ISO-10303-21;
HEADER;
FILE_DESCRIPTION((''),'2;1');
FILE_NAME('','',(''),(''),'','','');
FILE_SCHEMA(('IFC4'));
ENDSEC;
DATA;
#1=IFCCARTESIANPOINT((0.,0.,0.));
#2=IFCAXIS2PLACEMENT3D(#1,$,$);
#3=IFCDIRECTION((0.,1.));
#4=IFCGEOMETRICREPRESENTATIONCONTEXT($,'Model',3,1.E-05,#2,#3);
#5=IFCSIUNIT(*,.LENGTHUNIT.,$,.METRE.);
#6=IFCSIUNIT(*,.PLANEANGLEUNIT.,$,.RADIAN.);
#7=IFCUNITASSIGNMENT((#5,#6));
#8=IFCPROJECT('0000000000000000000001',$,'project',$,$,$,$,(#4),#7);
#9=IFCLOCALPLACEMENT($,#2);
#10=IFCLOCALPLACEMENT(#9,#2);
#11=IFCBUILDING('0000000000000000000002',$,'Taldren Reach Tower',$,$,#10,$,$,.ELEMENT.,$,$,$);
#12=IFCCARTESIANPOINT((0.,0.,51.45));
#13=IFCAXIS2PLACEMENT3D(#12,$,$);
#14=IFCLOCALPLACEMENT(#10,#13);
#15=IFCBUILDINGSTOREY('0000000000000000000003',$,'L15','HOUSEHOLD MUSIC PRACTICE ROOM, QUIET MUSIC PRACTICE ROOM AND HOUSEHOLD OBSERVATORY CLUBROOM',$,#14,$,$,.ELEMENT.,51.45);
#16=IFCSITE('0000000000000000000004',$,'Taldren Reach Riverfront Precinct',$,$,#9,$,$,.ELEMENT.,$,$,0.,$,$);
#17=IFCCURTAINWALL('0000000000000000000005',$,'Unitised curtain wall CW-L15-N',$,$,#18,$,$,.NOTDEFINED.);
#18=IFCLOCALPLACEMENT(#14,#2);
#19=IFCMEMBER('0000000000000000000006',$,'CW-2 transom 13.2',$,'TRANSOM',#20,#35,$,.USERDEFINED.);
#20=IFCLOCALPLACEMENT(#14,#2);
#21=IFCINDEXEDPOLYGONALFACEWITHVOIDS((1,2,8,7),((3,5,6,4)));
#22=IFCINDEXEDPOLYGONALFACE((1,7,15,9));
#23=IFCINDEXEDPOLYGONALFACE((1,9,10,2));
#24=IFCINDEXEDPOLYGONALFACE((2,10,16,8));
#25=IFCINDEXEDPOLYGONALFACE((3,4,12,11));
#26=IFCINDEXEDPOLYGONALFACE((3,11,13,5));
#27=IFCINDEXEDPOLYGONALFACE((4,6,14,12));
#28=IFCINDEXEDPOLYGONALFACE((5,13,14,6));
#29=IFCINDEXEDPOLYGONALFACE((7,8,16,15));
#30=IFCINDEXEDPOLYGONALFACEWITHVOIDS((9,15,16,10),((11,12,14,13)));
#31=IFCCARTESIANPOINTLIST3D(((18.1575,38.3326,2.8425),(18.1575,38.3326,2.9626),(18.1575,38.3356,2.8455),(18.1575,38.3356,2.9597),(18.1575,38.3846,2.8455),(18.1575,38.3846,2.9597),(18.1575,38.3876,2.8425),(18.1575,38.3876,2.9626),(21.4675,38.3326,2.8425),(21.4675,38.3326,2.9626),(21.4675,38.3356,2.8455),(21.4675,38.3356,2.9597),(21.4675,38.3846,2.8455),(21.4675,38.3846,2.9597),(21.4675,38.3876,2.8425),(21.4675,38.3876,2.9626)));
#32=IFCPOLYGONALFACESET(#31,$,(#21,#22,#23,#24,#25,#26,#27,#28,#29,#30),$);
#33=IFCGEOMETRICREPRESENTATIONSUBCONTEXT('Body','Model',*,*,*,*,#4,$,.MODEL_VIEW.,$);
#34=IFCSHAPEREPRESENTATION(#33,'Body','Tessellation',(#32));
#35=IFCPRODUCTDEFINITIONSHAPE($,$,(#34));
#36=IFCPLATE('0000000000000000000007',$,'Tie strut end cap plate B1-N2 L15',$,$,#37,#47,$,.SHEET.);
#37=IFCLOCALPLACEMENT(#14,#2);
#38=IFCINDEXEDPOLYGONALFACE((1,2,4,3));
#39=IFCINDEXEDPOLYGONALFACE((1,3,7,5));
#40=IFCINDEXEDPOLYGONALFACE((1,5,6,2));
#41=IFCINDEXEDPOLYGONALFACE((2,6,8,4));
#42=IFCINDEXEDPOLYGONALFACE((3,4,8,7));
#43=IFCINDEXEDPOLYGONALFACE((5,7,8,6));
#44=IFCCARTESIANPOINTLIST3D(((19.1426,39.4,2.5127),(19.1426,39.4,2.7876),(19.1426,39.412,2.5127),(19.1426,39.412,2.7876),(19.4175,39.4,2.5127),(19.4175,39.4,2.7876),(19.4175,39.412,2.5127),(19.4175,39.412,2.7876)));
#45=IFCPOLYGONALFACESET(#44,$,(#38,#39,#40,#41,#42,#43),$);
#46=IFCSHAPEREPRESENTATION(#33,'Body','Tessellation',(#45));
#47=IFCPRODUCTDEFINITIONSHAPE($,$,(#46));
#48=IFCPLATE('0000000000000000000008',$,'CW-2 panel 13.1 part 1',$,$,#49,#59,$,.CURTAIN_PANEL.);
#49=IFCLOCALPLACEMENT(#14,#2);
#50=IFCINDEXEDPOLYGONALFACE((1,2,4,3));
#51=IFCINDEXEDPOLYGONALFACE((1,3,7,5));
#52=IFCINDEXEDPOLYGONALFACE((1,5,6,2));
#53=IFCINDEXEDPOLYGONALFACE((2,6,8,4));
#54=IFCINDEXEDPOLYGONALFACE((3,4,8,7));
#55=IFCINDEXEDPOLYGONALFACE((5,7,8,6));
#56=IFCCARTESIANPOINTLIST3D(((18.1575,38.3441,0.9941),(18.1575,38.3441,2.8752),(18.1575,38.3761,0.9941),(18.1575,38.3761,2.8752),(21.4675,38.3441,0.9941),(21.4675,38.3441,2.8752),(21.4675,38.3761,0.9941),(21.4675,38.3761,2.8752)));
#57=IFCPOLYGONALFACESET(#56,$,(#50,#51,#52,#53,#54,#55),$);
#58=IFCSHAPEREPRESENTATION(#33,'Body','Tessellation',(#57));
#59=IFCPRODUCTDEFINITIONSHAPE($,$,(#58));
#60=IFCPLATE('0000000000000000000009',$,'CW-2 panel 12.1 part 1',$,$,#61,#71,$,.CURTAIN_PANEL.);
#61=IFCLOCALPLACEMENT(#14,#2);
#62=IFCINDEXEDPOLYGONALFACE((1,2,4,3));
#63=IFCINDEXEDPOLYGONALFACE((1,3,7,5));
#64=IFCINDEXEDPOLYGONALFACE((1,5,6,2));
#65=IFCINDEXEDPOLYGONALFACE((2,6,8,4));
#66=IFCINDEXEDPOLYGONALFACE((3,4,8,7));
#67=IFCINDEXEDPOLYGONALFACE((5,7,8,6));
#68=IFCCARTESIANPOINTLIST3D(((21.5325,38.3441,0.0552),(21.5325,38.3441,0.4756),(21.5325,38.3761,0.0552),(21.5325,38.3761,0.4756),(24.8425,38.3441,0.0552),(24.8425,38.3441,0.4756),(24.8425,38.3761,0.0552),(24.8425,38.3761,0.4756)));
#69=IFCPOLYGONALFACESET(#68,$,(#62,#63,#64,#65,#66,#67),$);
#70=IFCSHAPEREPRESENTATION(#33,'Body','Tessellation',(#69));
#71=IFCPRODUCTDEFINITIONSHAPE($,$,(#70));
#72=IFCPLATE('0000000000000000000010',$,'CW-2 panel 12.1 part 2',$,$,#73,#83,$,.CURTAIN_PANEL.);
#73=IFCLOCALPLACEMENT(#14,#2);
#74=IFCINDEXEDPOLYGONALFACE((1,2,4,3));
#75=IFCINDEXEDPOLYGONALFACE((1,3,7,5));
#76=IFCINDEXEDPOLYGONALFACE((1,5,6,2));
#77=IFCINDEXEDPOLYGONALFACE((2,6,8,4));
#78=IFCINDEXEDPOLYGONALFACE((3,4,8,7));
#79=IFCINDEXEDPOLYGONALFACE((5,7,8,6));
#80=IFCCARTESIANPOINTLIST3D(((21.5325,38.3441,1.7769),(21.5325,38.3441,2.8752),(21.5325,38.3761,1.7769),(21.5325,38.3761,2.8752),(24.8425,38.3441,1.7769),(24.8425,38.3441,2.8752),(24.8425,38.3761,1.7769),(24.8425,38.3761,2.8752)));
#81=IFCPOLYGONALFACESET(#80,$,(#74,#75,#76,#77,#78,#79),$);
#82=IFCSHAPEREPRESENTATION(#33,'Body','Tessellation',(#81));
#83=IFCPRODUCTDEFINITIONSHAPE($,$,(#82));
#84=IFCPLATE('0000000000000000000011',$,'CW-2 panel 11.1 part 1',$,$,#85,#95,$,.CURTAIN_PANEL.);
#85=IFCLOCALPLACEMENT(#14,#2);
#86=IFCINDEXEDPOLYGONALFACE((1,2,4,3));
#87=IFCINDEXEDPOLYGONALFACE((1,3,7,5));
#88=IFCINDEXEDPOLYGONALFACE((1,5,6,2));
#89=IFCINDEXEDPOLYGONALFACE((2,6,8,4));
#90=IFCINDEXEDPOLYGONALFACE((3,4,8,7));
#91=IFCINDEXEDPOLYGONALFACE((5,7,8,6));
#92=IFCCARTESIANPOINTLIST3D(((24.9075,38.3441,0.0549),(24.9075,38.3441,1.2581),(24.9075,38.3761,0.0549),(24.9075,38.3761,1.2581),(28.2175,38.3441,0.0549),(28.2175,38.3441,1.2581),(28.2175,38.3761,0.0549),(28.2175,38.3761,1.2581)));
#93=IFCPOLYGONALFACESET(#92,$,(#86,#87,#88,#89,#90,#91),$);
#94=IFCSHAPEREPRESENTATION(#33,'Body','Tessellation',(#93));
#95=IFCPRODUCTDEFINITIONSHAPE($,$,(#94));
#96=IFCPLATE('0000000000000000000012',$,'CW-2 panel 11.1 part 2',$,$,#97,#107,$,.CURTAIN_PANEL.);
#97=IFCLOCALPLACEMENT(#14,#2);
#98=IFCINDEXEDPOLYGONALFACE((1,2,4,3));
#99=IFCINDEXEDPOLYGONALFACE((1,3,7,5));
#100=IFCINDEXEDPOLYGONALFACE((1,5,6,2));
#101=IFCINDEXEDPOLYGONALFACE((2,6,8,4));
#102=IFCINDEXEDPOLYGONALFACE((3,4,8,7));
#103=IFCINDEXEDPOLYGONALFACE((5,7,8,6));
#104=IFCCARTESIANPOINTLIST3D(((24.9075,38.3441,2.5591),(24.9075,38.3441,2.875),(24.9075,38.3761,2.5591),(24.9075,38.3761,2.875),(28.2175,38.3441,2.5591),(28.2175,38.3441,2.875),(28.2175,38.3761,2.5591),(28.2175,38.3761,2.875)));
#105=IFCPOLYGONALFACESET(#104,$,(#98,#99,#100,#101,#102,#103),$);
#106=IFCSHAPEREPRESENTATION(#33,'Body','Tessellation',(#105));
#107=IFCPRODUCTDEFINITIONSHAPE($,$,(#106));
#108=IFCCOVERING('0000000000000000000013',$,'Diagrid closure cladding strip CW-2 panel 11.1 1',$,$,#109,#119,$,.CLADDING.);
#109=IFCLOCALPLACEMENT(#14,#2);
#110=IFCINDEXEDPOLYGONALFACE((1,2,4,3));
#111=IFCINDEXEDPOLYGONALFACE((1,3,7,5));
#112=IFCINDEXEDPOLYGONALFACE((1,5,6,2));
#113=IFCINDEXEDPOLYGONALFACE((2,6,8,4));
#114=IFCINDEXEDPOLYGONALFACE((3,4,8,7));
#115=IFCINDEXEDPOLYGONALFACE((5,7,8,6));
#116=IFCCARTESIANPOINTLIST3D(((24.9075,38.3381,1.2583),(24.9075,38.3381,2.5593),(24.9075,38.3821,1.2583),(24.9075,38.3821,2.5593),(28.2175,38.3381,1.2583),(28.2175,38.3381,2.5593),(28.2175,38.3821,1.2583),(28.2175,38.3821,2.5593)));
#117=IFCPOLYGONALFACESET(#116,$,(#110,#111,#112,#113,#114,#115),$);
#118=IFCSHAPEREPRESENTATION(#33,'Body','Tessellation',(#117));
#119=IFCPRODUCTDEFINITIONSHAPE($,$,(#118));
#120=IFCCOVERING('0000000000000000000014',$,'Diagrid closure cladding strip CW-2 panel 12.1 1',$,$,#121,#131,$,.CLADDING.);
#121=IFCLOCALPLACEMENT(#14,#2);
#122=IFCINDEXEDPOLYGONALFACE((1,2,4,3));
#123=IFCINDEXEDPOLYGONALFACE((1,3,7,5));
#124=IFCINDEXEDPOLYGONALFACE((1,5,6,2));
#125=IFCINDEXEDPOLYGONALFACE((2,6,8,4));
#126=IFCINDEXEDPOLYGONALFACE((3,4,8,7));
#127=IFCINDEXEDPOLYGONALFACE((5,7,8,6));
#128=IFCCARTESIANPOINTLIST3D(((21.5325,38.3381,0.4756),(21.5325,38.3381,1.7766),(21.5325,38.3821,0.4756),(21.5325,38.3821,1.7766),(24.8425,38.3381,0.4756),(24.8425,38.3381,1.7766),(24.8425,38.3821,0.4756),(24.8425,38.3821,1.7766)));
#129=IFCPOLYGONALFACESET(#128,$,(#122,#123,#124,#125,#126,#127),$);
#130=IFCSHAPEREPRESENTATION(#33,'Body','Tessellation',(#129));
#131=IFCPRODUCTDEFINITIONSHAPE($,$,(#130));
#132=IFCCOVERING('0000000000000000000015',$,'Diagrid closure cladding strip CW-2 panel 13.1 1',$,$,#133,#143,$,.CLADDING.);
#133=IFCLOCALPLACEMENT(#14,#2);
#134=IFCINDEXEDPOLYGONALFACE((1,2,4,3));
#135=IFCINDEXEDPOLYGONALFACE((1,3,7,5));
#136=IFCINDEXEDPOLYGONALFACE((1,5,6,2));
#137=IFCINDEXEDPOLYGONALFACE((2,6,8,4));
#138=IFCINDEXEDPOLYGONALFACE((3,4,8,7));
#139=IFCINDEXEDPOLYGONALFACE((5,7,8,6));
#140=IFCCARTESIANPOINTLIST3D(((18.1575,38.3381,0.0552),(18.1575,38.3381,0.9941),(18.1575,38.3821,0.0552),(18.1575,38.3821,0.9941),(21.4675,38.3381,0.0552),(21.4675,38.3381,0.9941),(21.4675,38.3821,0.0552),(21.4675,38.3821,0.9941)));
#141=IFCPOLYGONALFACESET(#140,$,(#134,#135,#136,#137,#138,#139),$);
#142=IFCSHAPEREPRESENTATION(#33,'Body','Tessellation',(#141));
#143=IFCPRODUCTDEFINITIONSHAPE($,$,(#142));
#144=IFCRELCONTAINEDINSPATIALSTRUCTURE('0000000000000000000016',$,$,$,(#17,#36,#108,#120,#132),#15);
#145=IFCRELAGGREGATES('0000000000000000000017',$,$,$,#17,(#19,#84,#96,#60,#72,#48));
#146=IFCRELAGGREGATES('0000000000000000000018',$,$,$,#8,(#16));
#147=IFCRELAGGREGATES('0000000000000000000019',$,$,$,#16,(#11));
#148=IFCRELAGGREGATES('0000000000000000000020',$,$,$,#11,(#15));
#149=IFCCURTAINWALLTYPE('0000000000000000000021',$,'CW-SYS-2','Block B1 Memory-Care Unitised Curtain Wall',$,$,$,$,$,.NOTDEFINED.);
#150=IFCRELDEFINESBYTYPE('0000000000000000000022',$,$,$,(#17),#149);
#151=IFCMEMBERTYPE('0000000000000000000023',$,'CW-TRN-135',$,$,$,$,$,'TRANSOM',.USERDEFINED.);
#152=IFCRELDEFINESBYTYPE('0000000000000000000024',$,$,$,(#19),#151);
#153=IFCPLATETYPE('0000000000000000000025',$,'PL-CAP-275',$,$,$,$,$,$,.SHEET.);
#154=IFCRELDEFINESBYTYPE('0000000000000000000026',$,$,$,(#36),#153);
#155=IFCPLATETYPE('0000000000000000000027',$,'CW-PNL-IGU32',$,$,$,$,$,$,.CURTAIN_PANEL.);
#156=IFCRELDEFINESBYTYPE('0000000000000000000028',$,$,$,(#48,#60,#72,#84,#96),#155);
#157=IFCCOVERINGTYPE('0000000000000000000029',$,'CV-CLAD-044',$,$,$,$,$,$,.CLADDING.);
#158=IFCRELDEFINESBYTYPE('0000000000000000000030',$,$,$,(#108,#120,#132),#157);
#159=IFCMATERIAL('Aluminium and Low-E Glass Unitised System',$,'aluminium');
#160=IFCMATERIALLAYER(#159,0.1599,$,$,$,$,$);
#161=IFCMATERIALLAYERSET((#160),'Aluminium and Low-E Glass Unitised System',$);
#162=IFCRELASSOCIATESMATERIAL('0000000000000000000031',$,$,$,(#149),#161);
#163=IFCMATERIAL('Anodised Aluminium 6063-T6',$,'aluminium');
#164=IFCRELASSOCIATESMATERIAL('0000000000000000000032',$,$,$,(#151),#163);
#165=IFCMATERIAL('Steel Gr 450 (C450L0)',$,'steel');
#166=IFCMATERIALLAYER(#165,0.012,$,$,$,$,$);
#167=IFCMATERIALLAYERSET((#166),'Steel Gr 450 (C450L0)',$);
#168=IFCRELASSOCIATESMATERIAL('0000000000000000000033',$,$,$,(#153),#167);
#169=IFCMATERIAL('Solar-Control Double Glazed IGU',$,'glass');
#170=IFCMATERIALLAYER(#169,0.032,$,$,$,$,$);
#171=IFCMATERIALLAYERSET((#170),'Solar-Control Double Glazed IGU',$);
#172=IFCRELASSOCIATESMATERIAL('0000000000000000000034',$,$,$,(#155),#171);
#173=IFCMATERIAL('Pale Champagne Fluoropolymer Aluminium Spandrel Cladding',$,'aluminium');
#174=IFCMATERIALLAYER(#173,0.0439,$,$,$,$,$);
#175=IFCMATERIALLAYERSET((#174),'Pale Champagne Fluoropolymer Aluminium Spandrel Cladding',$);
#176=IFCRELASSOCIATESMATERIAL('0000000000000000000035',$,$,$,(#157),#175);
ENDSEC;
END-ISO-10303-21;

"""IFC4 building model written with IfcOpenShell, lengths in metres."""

from ifc_helpers import new_model, si_unit, direction, frame, origin, origin_2d, place, context, subcontext, project, spatial, rectangle, hollow_rectangle, extrude, source, transform, mapped, material, layer, layer_set, material_profile, profile_set, type_object, element, aggregate, save


model = new_model("IFC4")

# Units and contexts
model_context = context("Model", 3, precision=1e-05, world=origin(), true_north=direction((0.0, 1.0)))
body_context = subcontext(model_context, "Body", "Model", "MODEL_VIEW")
ifc_project = project(units=[si_unit("LENGTHUNIT", "METRE"), si_unit("PLANEANGLEUNIT", "RADIAN")], contexts=[model_context])

# Site, building, storey
site_placement = place(None, origin())
site = spatial("IfcSite", under=ifc_project, at=site_placement, Name="Taldren Reach Riverfront Precinct", CompositionType="ELEMENT", RefElevation=0.0)
building_placement = place(site_placement, origin())
building = spatial("IfcBuilding", under=site, at=building_placement, Name="Taldren Reach Tower", CompositionType="ELEMENT")
storey_placement = place(building_placement, frame((0.0, 0.0, 51.45)))
storey = spatial("IfcBuildingStorey", under=building, at=storey_placement, Name="L15", Description="HOUSEHOLD MUSIC PRACTICE ROOM, QUIET MUSIC PRACTICE ROOM AND HOUSEHOLD OBSERVATORY CLUBROOM", CompositionType="ELEMENT", Elevation=51.45)

# Shared definitions
ifc_material_1 = material(Name="Steel Gr 450 (C450L0)", Category="steel")

# Curtain wall, member
ifc_material_2 = material(Name="Aluminium and Low-E Glass Unitised System", Category="aluminium")
ifc_layer_1 = layer(ifc_material_2, 0.1599)
ifc_layer_set_1 = layer_set([ifc_layer_1], Name="Aluminium and Low-E Glass Unitised System")
curtain_wall_type = type_object("IfcCurtainWallType", Name="CW-SYS-2", Description="Block B1 Memory-Care Unitised Curtain Wall", PredefinedType="NOTDEFINED", material=ifc_layer_set_1)
curtain_wall_placement = place(storey_placement, origin())
curtain_wall = element("IfcCurtainWall", 1, at=curtain_wall_placement, inside=storey, type_object=curtain_wall_type, Name="Unitised curtain wall CW-L15-N", PredefinedType="NOTDEFINED")
ifc_material_3 = material(Name="Anodised Aluminium 6063-T6", Category="aluminium")
ifc_material_profile_1 = material_profile(ifc_material_3, hollow_rectangle(XDim=0.0549, YDim=0.1201, WallThickness=0.0029, at=origin_2d()), Name="ALU-120x55x3RHS")
ifc_profile_set_1 = profile_set([ifc_material_profile_1], Name="Anodised Aluminium 6063-T6")
member_type_1 = type_object("IfcMemberType", Name="CW-TRN-135", ElementType="TRANSOM", PredefinedType="USERDEFINED", material=ifc_profile_set_1)
shared_shape_1 = source(origin(), body_context, "Body", "SweptSolid", [
    extrude(hollow_rectangle(XDim=0.0549, YDim=0.1201, WallThickness=0.0029, at=origin_2d()), origin(), (0.0, 0.0, 1.0), 3.3101),
])
member_1_placement = place(storey_placement, frame((21.4675, 38.3601, 2.9026), z_axis=(-1.0, 0.0, 0.0), x_axis=(0.0, -1.0, 0.0)))
member_1 = element("IfcMember", 2, at=member_1_placement, type_object=member_type_1, Name="CW-2 transom 13.2", ObjectType="TRANSOM", PredefinedType="USERDEFINED", context=body_context, shape_type="MappedRepresentation", body=[
    mapped(shared_shape_1, transform((0.0, 0.0, 0.0), scale=1.0)),
])

# Plates
ifc_layer_2 = layer(ifc_material_1, 0.012)
ifc_layer_set_2 = layer_set([ifc_layer_2], Name="Steel Gr 450 (C450L0)")
plate_type_1 = type_object("IfcPlateType", Name="PL-CAP-275", PredefinedType="SHEET", material=ifc_layer_set_2)
shared_shape_2 = source(origin(), body_context, "Body", "SweptSolid", [
    extrude(rectangle(XDim=0.2749, YDim=0.012, at=origin_2d()), origin(), (0.0, 0.0, 1.0), 0.2749),
])
plate_1_placement = place(storey_placement, frame((19.28, 39.406, 2.5127), z_axis=(0.0, 0.0, 1.0), x_axis=(1.0, 0.0, 0.0)))
element("IfcPlate", 3, at=plate_1_placement, inside=storey, type_object=plate_type_1, Name="Tie strut end cap plate B1-N2 L15", PredefinedType="SHEET", context=body_context, shape_type="MappedRepresentation", body=[
    mapped(shared_shape_2, transform((0.0, 0.0, 0.0), scale=1.0)),
])
ifc_material_4 = material(Name="Solar-Control Double Glazed IGU", Category="glass")
ifc_layer_3 = layer(ifc_material_4, 0.032)
ifc_layer_set_3 = layer_set([ifc_layer_3], Name="Solar-Control Double Glazed IGU")
plate_type_2 = type_object("IfcPlateType", Name="CW-PNL-IGU32", PredefinedType="CURTAIN_PANEL", material=ifc_layer_set_3)
shared_shape_3 = source(origin(), body_context, "Body", "SweptSolid", [
    extrude(rectangle(XDim=3.3101, YDim=0.032, at=origin_2d()), origin(), (0.0, 0.0, 1.0), 1.8811),
])
plate_2_placement = place(storey_placement, frame((19.8125, 38.3601, 0.9941), z_axis=(0.0, 0.0, 1.0), x_axis=(-1.0, 0.0, 0.0)))
plate_2 = element("IfcPlate", 4, at=plate_2_placement, type_object=plate_type_2, Name="CW-2 panel 13.1 part 1", PredefinedType="CURTAIN_PANEL", context=body_context, shape_type="MappedRepresentation", body=[
    mapped(shared_shape_3, transform((0.0, 0.0, 0.0), scale=1.0)),
])
shared_shape_4 = source(origin(), body_context, "Body", "SweptSolid", [
    extrude(rectangle(XDim=3.3101, YDim=0.032, at=origin_2d()), origin(), (0.0, 0.0, 1.0), 0.4204),
])
plate_3_placement = place(storey_placement, frame((23.1875, 38.3601, 0.0552), z_axis=(0.0, 0.0, 1.0), x_axis=(-1.0, 0.0, 0.0)))
plate_3 = element("IfcPlate", 5, at=plate_3_placement, type_object=plate_type_2, Name="CW-2 panel 12.1 part 1", PredefinedType="CURTAIN_PANEL", context=body_context, shape_type="MappedRepresentation", body=[
    mapped(shared_shape_4, transform((0.0, 0.0, 0.0), scale=1.0)),
])
shared_shape_5 = source(origin(), body_context, "Body", "SweptSolid", [
    extrude(rectangle(XDim=3.3101, YDim=0.032, at=origin_2d()), origin(), (0.0, 0.0, 1.0), 1.0984),
])
plate_4_placement = place(storey_placement, frame((23.1875, 38.3601, 1.7769), z_axis=(0.0, 0.0, 1.0), x_axis=(-1.0, 0.0, 0.0)))
plate_4 = element("IfcPlate", 6, at=plate_4_placement, type_object=plate_type_2, Name="CW-2 panel 12.1 part 2", PredefinedType="CURTAIN_PANEL", context=body_context, shape_type="MappedRepresentation", body=[
    mapped(shared_shape_5, transform((0.0, 0.0, 0.0), scale=1.0)),
])
shared_shape_6 = source(origin(), body_context, "Body", "SweptSolid", [
    extrude(rectangle(XDim=3.3101, YDim=0.032, at=origin_2d()), origin(), (0.0, 0.0, 1.0), 1.2031),
])
plate_5_placement = place(storey_placement, frame((26.5625, 38.3601, 0.0549), z_axis=(0.0, 0.0, 1.0), x_axis=(-1.0, 0.0, 0.0)))
plate_5 = element("IfcPlate", 7, at=plate_5_placement, type_object=plate_type_2, Name="CW-2 panel 11.1 part 1", PredefinedType="CURTAIN_PANEL", context=body_context, shape_type="MappedRepresentation", body=[
    mapped(shared_shape_6, transform((0.0, 0.0, 0.0), scale=1.0)),
])
shared_shape_7 = source(origin(), body_context, "Body", "SweptSolid", [
    extrude(rectangle(XDim=3.3101, YDim=0.032, at=origin_2d()), origin(), (0.0, 0.0, 1.0), 0.3159),
])
plate_6_placement = place(storey_placement, frame((26.5625, 38.3601, 2.5591), z_axis=(0.0, 0.0, 1.0), x_axis=(-1.0, 0.0, 0.0)))
plate_6 = element("IfcPlate", 8, at=plate_6_placement, type_object=plate_type_2, Name="CW-2 panel 11.1 part 2", PredefinedType="CURTAIN_PANEL", context=body_context, shape_type="MappedRepresentation", body=[
    mapped(shared_shape_7, transform((0.0, 0.0, 0.0), scale=1.0)),
])
aggregate(curtain_wall, [member_1, plate_5, plate_6, plate_3, plate_4, plate_2])

# Coverings
ifc_material_5 = material(Name="Pale Champagne Fluoropolymer Aluminium Spandrel Cladding", Category="aluminium")
ifc_layer_4 = layer(ifc_material_5, 0.0439)
ifc_layer_set_4 = layer_set([ifc_layer_4], Name="Pale Champagne Fluoropolymer Aluminium Spandrel Cladding")
covering_type = type_object("IfcCoveringType", Name="CV-CLAD-044", PredefinedType="CLADDING", material=ifc_layer_set_4)
shared_shape_8 = source(origin(), body_context, "Body", "SweptSolid", [
    extrude(rectangle(XDim=3.3101, YDim=0.0439, at=origin_2d()), origin(), (0.0, 0.0, 1.0), 1.301),
])
for number, where, z_axis, x_axis, name in (
    (9, (26.5625, 38.3601, 1.2583), (0.0, 0.0, 1.0), (-1.0, 0.0, 0.0), "Diagrid closure cladding strip CW-2 panel 11.1 1"),
    (10, (23.1875, 38.3601, 0.4756), (0.0, 0.0, 1.0), (-1.0, 0.0, 0.0), "Diagrid closure cladding strip CW-2 panel 12.1 1"),
):
    element("IfcCovering", number, at=place(storey_placement, frame(where, z_axis=z_axis, x_axis=x_axis)), inside=storey, type_object=covering_type, Name=name, PredefinedType="CLADDING", context=body_context, shape_type="MappedRepresentation", body=[
        mapped(shared_shape_8, transform((0.0, 0.0, 0.0), scale=1.0)),
    ])
shared_shape_9 = source(origin(), body_context, "Body", "SweptSolid", [
    extrude(rectangle(XDim=3.3101, YDim=0.0439, at=origin_2d()), origin(), (0.0, 0.0, 1.0), 0.939),
])
covering_placement = place(storey_placement, frame((19.8125, 38.3601, 0.0552), z_axis=(0.0, 0.0, 1.0), x_axis=(-1.0, 0.0, 0.0)))
element("IfcCovering", 11, at=covering_placement, inside=storey, type_object=covering_type, Name="Diagrid closure cladding strip CW-2 panel 13.1 1", PredefinedType="CLADDING", context=body_context, shape_type="MappedRepresentation", body=[
    mapped(shared_shape_9, transform((0.0, 0.0, 0.0), scale=1.0)),
])

save(model, "model.ifc")
